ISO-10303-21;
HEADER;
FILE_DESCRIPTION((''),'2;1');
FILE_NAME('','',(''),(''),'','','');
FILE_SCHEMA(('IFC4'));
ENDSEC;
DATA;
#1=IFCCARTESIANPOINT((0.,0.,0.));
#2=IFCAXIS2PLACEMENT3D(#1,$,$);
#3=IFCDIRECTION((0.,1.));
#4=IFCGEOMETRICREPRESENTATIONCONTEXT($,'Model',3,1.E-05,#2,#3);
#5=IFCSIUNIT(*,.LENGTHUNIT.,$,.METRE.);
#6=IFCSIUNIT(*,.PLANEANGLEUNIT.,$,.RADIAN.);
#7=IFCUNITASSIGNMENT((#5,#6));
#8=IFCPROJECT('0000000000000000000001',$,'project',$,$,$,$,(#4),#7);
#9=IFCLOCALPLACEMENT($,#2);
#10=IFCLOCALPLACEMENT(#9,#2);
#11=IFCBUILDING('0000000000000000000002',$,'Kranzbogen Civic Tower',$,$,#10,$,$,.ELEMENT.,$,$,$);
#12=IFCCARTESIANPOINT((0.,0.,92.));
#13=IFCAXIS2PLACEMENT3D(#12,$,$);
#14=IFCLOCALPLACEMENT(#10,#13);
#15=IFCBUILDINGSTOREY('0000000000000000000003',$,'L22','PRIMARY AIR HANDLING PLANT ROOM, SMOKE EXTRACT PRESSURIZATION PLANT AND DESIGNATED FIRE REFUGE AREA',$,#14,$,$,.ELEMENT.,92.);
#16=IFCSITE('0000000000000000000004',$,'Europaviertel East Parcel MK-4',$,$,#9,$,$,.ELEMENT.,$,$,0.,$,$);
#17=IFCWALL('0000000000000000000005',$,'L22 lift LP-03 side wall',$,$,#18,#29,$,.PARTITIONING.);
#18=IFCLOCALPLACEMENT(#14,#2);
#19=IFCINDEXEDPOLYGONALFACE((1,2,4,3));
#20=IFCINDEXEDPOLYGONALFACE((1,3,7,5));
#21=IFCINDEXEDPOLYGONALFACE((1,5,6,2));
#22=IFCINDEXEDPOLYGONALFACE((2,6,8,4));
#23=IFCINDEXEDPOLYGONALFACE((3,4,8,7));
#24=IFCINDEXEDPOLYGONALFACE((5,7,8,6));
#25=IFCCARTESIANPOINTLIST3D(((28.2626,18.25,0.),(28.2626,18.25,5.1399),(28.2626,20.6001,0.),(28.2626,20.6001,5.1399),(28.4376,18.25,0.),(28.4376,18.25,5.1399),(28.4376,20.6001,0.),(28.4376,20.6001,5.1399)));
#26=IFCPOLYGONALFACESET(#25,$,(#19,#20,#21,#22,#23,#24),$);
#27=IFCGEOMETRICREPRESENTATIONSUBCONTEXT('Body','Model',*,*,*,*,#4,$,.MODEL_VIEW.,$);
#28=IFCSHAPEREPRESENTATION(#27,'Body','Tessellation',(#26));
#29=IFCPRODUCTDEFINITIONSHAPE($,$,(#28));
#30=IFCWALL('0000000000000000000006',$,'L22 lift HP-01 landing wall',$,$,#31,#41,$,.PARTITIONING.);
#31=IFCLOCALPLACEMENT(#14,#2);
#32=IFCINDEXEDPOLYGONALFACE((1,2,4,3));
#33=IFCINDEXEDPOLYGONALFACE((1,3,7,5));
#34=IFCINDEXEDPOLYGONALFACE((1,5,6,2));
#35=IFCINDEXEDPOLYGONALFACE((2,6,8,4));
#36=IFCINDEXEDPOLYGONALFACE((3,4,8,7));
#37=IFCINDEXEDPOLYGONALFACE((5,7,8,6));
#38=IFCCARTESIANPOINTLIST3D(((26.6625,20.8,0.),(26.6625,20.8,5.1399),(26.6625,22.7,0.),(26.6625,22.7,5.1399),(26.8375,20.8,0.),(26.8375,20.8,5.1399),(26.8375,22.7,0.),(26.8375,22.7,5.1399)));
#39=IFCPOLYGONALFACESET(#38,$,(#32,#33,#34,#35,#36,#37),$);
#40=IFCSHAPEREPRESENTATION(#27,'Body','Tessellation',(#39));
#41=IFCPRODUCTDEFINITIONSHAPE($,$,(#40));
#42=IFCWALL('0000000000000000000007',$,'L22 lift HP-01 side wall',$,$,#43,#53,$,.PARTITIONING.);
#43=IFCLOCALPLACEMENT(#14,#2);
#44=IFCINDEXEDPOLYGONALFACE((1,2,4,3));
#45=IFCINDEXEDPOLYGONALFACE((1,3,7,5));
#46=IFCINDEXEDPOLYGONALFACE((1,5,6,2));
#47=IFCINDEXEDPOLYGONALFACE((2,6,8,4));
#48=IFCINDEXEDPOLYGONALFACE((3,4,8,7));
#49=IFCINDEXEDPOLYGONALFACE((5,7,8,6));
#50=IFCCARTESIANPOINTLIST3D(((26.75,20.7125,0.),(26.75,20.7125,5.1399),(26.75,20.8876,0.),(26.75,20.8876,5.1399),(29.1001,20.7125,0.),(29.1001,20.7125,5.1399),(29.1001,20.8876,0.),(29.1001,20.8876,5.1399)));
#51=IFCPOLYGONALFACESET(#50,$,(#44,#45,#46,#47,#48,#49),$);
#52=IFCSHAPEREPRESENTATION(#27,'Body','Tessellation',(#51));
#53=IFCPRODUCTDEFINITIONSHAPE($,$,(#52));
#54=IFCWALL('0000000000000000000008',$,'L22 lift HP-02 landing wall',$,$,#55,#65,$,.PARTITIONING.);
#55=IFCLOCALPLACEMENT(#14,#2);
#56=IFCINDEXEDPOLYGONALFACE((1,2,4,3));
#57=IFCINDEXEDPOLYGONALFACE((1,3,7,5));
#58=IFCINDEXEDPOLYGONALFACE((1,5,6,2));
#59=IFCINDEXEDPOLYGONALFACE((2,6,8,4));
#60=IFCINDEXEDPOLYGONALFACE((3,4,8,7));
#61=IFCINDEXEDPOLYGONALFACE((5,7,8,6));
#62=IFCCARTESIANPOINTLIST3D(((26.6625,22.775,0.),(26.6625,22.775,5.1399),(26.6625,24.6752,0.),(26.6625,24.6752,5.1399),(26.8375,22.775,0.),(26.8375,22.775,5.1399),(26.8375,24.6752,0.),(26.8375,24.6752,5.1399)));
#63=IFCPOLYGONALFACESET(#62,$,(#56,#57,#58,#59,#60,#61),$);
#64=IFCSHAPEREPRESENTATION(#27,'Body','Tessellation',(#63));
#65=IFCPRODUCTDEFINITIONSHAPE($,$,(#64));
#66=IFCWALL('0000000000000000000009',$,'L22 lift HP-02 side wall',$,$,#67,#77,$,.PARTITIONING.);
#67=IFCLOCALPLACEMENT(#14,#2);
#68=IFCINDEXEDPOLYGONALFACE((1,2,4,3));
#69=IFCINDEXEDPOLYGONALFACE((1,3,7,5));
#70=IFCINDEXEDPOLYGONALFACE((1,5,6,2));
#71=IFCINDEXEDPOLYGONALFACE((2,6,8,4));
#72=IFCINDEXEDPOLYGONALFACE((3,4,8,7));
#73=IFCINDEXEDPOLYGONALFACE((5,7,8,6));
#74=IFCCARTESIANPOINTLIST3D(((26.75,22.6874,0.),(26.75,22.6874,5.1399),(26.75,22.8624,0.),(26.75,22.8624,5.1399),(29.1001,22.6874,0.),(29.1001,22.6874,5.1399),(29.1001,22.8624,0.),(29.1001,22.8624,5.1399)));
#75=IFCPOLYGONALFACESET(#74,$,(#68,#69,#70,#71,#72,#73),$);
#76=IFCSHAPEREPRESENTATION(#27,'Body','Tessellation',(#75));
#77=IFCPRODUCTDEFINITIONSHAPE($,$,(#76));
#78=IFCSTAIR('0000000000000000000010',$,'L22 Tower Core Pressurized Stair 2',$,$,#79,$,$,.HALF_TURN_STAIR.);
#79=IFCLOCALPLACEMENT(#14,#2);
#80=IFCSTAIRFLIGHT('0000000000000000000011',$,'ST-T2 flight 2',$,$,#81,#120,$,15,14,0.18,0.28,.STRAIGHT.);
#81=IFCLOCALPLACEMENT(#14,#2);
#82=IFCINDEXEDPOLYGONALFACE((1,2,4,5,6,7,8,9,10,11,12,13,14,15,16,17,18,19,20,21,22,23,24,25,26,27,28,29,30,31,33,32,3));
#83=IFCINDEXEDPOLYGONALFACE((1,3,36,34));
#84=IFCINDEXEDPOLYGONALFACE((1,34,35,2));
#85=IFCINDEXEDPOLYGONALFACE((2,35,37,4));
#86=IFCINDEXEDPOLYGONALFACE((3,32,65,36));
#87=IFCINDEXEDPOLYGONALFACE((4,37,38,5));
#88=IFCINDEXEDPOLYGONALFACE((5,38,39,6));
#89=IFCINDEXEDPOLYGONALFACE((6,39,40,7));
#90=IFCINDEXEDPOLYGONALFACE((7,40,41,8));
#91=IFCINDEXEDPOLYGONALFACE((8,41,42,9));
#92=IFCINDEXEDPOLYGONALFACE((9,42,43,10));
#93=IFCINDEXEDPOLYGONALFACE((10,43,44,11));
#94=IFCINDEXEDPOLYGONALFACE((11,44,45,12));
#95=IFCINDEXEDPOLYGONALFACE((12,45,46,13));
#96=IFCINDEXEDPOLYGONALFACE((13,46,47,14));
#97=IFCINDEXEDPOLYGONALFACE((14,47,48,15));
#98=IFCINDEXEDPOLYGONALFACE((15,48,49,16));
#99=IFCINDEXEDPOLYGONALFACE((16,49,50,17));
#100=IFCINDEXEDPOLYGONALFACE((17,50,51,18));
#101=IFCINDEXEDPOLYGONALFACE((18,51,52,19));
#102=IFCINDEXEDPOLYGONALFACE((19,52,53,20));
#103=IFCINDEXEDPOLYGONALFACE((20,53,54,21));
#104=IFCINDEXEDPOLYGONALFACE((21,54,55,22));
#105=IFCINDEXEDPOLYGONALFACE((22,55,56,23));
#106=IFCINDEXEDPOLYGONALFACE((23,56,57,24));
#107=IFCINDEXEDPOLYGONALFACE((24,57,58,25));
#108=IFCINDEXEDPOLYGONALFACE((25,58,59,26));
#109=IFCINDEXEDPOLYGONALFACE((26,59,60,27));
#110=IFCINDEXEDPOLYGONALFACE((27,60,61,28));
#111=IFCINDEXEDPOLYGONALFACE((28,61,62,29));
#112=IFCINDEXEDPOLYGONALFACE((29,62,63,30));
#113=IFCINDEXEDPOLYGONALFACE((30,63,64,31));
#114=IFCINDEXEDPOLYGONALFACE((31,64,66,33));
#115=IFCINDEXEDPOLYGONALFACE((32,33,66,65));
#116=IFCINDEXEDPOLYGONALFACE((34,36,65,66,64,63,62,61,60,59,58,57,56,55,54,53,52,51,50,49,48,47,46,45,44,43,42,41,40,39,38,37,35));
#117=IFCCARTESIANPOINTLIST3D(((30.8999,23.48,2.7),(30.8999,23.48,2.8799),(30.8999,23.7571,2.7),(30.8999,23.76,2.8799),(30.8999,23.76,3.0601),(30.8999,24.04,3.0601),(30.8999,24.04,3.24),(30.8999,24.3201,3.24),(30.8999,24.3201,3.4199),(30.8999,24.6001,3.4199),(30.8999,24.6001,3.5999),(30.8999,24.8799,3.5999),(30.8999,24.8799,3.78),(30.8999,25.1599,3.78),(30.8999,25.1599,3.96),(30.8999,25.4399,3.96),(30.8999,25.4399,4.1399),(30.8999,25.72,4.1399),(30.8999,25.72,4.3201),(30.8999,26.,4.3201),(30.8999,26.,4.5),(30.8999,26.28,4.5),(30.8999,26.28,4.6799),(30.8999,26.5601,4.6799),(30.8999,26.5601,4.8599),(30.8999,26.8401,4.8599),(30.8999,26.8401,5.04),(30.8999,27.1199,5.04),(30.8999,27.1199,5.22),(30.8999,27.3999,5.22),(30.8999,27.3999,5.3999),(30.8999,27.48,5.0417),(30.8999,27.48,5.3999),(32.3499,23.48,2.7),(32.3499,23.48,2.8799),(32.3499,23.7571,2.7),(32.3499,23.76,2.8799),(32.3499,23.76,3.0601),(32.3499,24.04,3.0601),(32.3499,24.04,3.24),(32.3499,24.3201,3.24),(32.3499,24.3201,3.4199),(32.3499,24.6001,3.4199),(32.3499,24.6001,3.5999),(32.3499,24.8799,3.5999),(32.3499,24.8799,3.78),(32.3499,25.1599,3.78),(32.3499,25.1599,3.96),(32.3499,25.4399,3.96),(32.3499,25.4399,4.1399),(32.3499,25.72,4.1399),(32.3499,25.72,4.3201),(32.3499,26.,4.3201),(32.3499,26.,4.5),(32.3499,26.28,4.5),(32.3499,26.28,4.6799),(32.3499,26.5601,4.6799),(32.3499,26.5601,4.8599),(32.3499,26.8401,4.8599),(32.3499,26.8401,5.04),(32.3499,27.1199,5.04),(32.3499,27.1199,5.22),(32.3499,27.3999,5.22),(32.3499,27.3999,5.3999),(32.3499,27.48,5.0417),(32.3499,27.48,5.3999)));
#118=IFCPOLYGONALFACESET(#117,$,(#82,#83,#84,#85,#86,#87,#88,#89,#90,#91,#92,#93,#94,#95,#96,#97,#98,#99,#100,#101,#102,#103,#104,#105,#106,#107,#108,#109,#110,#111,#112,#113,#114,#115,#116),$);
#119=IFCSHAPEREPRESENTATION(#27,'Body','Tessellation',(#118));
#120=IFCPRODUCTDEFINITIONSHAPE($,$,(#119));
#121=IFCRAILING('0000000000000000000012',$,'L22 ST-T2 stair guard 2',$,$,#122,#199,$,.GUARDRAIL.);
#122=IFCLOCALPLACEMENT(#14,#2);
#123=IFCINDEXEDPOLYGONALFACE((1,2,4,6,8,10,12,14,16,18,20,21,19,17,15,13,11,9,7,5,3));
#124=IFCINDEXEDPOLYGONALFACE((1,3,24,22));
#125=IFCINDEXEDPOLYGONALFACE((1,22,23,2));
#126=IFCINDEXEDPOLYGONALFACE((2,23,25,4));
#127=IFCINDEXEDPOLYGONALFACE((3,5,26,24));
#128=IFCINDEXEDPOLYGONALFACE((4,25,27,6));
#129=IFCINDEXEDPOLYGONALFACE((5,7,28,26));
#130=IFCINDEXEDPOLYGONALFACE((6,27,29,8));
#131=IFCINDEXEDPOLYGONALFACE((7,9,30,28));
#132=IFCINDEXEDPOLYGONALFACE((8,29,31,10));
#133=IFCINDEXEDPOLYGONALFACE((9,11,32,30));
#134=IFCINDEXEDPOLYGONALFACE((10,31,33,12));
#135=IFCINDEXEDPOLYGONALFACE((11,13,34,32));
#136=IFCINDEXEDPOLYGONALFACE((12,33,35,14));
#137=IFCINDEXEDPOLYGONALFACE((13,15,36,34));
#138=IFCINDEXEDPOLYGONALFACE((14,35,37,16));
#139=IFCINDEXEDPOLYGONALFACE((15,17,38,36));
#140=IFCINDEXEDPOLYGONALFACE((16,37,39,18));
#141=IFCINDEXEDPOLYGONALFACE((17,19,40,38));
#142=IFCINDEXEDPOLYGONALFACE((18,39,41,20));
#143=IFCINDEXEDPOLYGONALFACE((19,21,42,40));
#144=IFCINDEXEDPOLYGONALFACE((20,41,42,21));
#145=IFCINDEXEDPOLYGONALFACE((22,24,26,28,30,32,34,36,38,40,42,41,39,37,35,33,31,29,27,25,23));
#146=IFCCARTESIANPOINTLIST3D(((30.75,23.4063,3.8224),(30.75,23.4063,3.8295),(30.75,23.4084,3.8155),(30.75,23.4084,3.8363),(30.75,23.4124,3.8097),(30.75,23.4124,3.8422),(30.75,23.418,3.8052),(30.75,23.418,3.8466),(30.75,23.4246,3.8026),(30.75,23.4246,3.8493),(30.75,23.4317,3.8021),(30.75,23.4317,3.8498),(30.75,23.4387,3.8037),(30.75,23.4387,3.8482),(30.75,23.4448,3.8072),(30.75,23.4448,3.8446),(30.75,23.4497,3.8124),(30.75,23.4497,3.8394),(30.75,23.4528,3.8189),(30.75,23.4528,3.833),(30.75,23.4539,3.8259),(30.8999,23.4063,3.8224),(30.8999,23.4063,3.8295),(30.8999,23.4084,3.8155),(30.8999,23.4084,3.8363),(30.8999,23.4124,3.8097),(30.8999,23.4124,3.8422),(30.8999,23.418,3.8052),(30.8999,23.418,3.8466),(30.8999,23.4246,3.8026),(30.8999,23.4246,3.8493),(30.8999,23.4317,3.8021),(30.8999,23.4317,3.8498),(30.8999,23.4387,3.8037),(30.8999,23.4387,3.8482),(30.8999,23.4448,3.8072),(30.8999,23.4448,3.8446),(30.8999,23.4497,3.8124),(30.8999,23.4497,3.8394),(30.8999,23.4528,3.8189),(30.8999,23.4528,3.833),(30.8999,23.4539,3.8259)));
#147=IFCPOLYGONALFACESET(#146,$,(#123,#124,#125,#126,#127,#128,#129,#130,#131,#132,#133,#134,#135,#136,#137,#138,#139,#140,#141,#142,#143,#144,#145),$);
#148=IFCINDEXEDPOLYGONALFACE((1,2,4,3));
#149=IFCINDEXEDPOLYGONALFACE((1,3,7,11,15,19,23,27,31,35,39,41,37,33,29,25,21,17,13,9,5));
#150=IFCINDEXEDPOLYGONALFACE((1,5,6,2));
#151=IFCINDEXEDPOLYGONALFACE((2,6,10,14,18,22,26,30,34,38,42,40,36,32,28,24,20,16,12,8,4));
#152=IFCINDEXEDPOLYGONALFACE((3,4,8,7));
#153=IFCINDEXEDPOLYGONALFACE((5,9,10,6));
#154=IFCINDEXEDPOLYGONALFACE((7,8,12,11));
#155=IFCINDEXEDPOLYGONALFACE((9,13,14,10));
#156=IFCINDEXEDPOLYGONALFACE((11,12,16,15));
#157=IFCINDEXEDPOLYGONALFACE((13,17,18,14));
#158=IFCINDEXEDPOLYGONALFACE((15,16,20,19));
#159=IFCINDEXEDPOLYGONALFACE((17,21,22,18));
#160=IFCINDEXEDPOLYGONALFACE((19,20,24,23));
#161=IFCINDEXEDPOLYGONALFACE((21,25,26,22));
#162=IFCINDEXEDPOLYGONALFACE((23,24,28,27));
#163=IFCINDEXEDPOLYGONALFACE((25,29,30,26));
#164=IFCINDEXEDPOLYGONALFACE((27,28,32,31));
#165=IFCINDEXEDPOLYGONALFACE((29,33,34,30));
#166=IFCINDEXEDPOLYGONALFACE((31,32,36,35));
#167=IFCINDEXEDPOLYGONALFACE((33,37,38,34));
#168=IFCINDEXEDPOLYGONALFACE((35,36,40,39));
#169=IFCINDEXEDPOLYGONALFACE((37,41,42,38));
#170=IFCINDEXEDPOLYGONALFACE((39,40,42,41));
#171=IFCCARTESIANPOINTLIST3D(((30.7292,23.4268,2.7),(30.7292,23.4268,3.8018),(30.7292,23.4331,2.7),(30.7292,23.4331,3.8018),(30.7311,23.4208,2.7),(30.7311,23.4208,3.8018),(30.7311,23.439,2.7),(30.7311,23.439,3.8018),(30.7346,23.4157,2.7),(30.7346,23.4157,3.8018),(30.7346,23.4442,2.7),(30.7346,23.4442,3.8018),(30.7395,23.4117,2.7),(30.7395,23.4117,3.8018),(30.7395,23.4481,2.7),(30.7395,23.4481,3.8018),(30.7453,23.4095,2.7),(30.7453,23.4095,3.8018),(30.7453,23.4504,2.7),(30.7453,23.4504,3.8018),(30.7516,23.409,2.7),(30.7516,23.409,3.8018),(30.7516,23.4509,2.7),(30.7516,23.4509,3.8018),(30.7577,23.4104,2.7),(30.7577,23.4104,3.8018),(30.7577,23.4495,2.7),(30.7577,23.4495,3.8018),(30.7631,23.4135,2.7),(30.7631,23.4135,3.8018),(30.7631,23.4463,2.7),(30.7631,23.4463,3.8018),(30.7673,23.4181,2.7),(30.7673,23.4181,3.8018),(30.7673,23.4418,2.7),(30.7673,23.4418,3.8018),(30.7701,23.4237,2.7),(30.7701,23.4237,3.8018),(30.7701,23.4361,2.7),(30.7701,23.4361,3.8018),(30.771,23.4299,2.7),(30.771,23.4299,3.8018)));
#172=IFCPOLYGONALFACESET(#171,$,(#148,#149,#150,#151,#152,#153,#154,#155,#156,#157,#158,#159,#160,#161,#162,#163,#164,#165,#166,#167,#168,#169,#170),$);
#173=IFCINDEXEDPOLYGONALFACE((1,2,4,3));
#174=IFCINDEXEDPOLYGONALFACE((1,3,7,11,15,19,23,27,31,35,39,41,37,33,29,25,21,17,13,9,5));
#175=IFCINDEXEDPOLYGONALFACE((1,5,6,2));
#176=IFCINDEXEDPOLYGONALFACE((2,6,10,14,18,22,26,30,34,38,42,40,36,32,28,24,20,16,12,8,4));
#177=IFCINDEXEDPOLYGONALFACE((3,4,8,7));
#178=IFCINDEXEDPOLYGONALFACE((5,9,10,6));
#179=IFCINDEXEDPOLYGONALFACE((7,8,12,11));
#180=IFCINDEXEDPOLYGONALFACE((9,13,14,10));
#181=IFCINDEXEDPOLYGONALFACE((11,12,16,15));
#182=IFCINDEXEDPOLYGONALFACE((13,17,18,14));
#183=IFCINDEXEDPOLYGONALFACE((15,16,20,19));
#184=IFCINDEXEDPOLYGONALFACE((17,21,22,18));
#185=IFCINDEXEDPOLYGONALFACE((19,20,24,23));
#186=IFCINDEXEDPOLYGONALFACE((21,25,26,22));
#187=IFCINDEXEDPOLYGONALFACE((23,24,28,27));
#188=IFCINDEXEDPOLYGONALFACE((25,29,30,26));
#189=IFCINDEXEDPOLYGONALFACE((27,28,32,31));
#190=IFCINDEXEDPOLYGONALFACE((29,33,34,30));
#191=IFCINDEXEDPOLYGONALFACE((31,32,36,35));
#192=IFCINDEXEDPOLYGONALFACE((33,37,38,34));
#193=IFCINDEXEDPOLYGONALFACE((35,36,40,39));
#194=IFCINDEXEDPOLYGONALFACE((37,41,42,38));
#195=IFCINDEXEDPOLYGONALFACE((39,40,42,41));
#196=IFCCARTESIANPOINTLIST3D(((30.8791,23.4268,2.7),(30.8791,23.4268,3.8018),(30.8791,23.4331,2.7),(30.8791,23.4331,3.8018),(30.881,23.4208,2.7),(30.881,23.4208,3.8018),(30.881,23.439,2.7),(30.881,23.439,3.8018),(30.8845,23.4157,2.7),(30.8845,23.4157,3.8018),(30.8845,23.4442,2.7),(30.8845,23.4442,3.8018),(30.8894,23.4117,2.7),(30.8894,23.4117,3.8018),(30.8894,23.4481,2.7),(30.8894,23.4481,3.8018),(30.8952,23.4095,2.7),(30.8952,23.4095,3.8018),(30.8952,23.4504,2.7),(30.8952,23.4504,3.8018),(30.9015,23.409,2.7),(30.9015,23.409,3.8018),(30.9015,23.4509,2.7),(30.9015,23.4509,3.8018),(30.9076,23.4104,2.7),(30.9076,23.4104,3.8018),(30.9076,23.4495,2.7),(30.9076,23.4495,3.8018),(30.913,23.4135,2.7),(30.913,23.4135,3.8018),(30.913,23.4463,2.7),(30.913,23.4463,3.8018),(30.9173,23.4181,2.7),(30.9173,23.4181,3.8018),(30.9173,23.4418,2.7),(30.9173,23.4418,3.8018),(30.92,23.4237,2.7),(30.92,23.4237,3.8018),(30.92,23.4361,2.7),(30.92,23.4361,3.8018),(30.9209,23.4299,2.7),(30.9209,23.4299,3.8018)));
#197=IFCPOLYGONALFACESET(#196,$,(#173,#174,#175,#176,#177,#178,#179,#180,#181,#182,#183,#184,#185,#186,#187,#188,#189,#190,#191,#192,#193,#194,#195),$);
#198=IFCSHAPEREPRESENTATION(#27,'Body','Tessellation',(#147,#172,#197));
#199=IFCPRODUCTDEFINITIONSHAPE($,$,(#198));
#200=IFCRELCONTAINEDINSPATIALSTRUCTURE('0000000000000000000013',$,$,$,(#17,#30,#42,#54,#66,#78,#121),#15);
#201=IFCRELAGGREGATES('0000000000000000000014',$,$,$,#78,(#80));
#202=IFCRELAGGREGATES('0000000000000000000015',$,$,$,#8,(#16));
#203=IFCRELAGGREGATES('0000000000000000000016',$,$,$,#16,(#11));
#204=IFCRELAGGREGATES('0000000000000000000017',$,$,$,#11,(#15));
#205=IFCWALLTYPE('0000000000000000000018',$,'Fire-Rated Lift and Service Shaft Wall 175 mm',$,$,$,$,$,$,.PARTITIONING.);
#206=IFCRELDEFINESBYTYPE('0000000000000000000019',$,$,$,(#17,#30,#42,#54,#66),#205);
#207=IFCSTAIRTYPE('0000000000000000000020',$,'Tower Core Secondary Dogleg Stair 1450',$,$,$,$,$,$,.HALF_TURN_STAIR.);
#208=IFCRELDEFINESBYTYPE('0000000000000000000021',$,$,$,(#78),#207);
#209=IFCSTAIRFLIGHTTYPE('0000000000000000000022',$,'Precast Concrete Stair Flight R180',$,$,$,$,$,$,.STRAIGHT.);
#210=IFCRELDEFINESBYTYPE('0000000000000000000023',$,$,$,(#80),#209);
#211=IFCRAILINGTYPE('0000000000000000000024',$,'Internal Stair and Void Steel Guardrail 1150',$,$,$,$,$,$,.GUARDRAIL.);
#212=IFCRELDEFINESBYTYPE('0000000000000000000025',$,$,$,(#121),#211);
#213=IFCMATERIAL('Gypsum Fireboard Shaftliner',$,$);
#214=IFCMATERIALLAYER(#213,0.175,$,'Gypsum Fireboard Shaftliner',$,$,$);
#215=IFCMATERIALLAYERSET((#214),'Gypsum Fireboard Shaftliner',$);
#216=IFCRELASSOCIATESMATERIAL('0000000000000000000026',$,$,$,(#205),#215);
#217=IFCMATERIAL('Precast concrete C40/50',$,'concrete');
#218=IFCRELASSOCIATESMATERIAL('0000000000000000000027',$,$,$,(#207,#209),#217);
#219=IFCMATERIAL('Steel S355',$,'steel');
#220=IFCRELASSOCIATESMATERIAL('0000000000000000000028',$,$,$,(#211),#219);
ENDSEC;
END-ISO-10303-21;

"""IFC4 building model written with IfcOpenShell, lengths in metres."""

from ifc_helpers import new_model, si_unit, direction, frame, frame_2d, origin, origin_2d, place, context, subcontext, project, spatial, polyline, rectangle, circle, outline, extrude, material, layer, layer_set, type_object, element, aggregate, save


model = new_model("IFC4")

# Units and contexts
model_context = context("Model", 3, precision=1e-05, world=origin(), true_north=direction((0.0, 1.0)))
body_context = subcontext(model_context, "Body", "Model", "MODEL_VIEW")
ifc_project = project(units=[si_unit("LENGTHUNIT", "METRE"), si_unit("PLANEANGLEUNIT", "RADIAN")], contexts=[model_context])

# Site, building, storey
site_placement = place(None, origin())
site = spatial("IfcSite", under=ifc_project, at=site_placement, Name="Europaviertel East Parcel MK-4", CompositionType="ELEMENT", RefElevation=0.0)
building_placement = place(site_placement, origin())
building = spatial("IfcBuilding", under=site, at=building_placement, Name="Kranzbogen Civic Tower", CompositionType="ELEMENT")
storey_placement = place(building_placement, frame((0.0, 0.0, 92.0)))
storey = spatial("IfcBuildingStorey", under=building, at=storey_placement, Name="L22", Description="PRIMARY AIR HANDLING PLANT ROOM, SMOKE EXTRACT PRESSURIZATION PLANT AND DESIGNATED FIRE REFUGE AREA", CompositionType="ELEMENT", Elevation=92.0)

# Shared definitions
ifc_material_1 = material(Name="Steel S355", Category="steel")

# Walls
ifc_material_2 = material(Name="Gypsum Fireboard Shaftliner")
ifc_layer_1 = layer(ifc_material_2, 0.175, Name="Gypsum Fireboard Shaftliner")
ifc_layer_set_1 = layer_set([ifc_layer_1], Name="Gypsum Fireboard Shaftliner")
wall_type_1 = type_object("IfcWallType", Name="Fire-Rated Lift and Service Shaft Wall 175 mm", PredefinedType="PARTITIONING", material=ifc_layer_set_1)
wall_1_placement = place(storey_placement, frame((28.3501, 18.25, 0.0), z_axis=(0.0, 0.0, 1.0), x_axis=(0.0, 1.0, 0.0)))
element("IfcWall", 1, at=wall_1_placement, inside=storey, type_object=wall_type_1, Name="L22 lift LP-03 side wall", PredefinedType="PARTITIONING", context=body_context, shape_type="SweptSolid", body=[
    extrude(rectangle(XDim=2.3501, YDim=0.175, at=frame_2d((1.175, 0.0))), origin(), (0.0, 0.0, 1.0), 5.1399),
])
wall_2_placement = place(storey_placement, frame((26.75, 20.8, 0.0), z_axis=(0.0, 0.0, 1.0), x_axis=(0.0, 1.0, 0.0)))
element("IfcWall", 2, at=wall_2_placement, inside=storey, type_object=wall_type_1, Name="L22 lift HP-01 landing wall", PredefinedType="PARTITIONING", context=body_context, shape_type="SweptSolid", body=[
    extrude(rectangle(XDim=1.8999, YDim=0.175, at=frame_2d((0.95, 0.0))), origin(), (0.0, 0.0, 1.0), 5.1399),
])
wall_3_placement = place(storey_placement, frame((26.75, 20.8, 0.0), z_axis=(0.0, 0.0, 1.0), x_axis=(1.0, 0.0, 0.0)))
element("IfcWall", 3, at=wall_3_placement, inside=storey, type_object=wall_type_1, Name="L22 lift HP-01 side wall", PredefinedType="PARTITIONING", context=body_context, shape_type="SweptSolid", body=[
    extrude(rectangle(XDim=2.3501, YDim=0.175, at=frame_2d((1.175, 0.0))), origin(), (0.0, 0.0, 1.0), 5.1399),
])
wall_4_placement = place(storey_placement, frame((26.75, 22.7749, 0.0), z_axis=(0.0, 0.0, 1.0), x_axis=(0.0, 1.0, 0.0)))
element("IfcWall", 4, at=wall_4_placement, inside=storey, type_object=wall_type_1, Name="L22 lift HP-02 landing wall", PredefinedType="PARTITIONING", context=body_context, shape_type="SweptSolid", body=[
    extrude(rectangle(XDim=1.9001, YDim=0.175, at=frame_2d((0.9502, 0.0))), origin(), (0.0, 0.0, 1.0), 5.1399),
])
wall_5_placement = place(storey_placement, frame((26.75, 22.7749, 0.0), z_axis=(0.0, 0.0, 1.0), x_axis=(1.0, 0.0, 0.0)))
element("IfcWall", 5, at=wall_5_placement, inside=storey, type_object=wall_type_1, Name="L22 lift HP-02 side wall", PredefinedType="PARTITIONING", context=body_context, shape_type="SweptSolid", body=[
    extrude(rectangle(XDim=2.3501, YDim=0.175, at=frame_2d((1.175, 0.0))), origin(), (0.0, 0.0, 1.0), 5.1399),
])

# Stair, stair flight
ifc_material_3 = material(Name="Precast concrete C40/50", Category="concrete")
stair_type = type_object("IfcStairType", Name="Tower Core Secondary Dogleg Stair 1450", PredefinedType="HALF_TURN_STAIR", material=ifc_material_3)
stair_placement = place(storey_placement, origin())
stair = element("IfcStair", 6, at=stair_placement, inside=storey, type_object=stair_type, Name="L22 Tower Core Pressurized Stair 2", PredefinedType="HALF_TURN_STAIR")
stair_flight_type = type_object("IfcStairFlightType", Name="Precast Concrete Stair Flight R180", PredefinedType="STRAIGHT", material=ifc_material_3)
stair_flight_placement = place(storey_placement, frame((31.625, 23.48, 2.7), z_axis=(0.0, 0.0, 1.0), x_axis=(0.0, 1.0, 0.0)))
stair_flight = element("IfcStairFlight", 7, at=stair_flight_placement, type_object=stair_flight_type, Name="ST-T2 flight 2", NumberOfRisers=15, NumberOfTreads=14, PredefinedType="STRAIGHT", RiserHeight=0.18, TreadLength=0.28, context=body_context, shape_type="SweptSolid", body=[
    extrude(outline(polyline([(0.0, 0.0), (0.0, 0.1799), (0.28, 0.1799), (0.28, 0.3601), (0.5601, 0.3601), (0.5601, 0.54), (0.8401, 0.54), (0.8401, 0.72), (1.1201, 0.72), (1.1201, 0.8999), (1.3999, 0.8999), (1.3999, 1.0801), (1.6799, 1.0801), (1.6799, 1.26), (1.96, 1.26), (1.96, 1.4399), (2.24, 1.4399), (2.24, 1.6201), (2.52, 1.6201), (2.52, 1.8), (2.8, 1.8), (2.8, 1.98), (3.0801, 1.98), (3.0801, 2.1599), (3.3601, 2.1599), (3.3601, 2.3401), (3.6399, 2.3401), (3.6399, 2.52), (3.9199, 2.52), (3.9199, 2.7), (4.0, 2.7), (4.0, 2.3418), (0.2771, 0.0), (0.0, 0.0)])), frame((0.0, 0.7251, 0.0), z_axis=(0.0, -1.0, 0.0), x_axis=(1.0, 0.0, 0.0)), (0.0, 0.0, 1.0), 1.45),
])
aggregate(stair, [stair_flight])

# Railing
railing_type_1 = type_object("IfcRailingType", Name="Internal Stair and Void Steel Guardrail 1150", PredefinedType="GUARDRAIL", material=ifc_material_1)
railing_1_placement = place(storey_placement, frame((30.75, 23.4299, 2.7)))
element("IfcRailing", 8, at=railing_1_placement, inside=storey, type_object=railing_type_1, Name="L22 ST-T2 stair guard 2", PredefinedType="GUARDRAIL", context=body_context, shape_type="SweptSolid", body=[
    extrude(circle(Radius=0.0239, at=origin_2d()), frame((0.0, 0.0, 1.126), z_axis=(1.0, 0.0, 0.0), x_axis=(0.0, 1.0, 0.0)), (0.0, 0.0, 1.0), 0.1499),
    extrude(circle(Radius=0.021, at=origin_2d()), origin(), (0.0, 0.0, 1.0), 1.1018),
    extrude(circle(Radius=0.021, at=origin_2d()), frame((0.1499, 0.0, 0.0)), (0.0, 0.0, 1.0), 1.1018),
])

save(model, "model.ifc")
